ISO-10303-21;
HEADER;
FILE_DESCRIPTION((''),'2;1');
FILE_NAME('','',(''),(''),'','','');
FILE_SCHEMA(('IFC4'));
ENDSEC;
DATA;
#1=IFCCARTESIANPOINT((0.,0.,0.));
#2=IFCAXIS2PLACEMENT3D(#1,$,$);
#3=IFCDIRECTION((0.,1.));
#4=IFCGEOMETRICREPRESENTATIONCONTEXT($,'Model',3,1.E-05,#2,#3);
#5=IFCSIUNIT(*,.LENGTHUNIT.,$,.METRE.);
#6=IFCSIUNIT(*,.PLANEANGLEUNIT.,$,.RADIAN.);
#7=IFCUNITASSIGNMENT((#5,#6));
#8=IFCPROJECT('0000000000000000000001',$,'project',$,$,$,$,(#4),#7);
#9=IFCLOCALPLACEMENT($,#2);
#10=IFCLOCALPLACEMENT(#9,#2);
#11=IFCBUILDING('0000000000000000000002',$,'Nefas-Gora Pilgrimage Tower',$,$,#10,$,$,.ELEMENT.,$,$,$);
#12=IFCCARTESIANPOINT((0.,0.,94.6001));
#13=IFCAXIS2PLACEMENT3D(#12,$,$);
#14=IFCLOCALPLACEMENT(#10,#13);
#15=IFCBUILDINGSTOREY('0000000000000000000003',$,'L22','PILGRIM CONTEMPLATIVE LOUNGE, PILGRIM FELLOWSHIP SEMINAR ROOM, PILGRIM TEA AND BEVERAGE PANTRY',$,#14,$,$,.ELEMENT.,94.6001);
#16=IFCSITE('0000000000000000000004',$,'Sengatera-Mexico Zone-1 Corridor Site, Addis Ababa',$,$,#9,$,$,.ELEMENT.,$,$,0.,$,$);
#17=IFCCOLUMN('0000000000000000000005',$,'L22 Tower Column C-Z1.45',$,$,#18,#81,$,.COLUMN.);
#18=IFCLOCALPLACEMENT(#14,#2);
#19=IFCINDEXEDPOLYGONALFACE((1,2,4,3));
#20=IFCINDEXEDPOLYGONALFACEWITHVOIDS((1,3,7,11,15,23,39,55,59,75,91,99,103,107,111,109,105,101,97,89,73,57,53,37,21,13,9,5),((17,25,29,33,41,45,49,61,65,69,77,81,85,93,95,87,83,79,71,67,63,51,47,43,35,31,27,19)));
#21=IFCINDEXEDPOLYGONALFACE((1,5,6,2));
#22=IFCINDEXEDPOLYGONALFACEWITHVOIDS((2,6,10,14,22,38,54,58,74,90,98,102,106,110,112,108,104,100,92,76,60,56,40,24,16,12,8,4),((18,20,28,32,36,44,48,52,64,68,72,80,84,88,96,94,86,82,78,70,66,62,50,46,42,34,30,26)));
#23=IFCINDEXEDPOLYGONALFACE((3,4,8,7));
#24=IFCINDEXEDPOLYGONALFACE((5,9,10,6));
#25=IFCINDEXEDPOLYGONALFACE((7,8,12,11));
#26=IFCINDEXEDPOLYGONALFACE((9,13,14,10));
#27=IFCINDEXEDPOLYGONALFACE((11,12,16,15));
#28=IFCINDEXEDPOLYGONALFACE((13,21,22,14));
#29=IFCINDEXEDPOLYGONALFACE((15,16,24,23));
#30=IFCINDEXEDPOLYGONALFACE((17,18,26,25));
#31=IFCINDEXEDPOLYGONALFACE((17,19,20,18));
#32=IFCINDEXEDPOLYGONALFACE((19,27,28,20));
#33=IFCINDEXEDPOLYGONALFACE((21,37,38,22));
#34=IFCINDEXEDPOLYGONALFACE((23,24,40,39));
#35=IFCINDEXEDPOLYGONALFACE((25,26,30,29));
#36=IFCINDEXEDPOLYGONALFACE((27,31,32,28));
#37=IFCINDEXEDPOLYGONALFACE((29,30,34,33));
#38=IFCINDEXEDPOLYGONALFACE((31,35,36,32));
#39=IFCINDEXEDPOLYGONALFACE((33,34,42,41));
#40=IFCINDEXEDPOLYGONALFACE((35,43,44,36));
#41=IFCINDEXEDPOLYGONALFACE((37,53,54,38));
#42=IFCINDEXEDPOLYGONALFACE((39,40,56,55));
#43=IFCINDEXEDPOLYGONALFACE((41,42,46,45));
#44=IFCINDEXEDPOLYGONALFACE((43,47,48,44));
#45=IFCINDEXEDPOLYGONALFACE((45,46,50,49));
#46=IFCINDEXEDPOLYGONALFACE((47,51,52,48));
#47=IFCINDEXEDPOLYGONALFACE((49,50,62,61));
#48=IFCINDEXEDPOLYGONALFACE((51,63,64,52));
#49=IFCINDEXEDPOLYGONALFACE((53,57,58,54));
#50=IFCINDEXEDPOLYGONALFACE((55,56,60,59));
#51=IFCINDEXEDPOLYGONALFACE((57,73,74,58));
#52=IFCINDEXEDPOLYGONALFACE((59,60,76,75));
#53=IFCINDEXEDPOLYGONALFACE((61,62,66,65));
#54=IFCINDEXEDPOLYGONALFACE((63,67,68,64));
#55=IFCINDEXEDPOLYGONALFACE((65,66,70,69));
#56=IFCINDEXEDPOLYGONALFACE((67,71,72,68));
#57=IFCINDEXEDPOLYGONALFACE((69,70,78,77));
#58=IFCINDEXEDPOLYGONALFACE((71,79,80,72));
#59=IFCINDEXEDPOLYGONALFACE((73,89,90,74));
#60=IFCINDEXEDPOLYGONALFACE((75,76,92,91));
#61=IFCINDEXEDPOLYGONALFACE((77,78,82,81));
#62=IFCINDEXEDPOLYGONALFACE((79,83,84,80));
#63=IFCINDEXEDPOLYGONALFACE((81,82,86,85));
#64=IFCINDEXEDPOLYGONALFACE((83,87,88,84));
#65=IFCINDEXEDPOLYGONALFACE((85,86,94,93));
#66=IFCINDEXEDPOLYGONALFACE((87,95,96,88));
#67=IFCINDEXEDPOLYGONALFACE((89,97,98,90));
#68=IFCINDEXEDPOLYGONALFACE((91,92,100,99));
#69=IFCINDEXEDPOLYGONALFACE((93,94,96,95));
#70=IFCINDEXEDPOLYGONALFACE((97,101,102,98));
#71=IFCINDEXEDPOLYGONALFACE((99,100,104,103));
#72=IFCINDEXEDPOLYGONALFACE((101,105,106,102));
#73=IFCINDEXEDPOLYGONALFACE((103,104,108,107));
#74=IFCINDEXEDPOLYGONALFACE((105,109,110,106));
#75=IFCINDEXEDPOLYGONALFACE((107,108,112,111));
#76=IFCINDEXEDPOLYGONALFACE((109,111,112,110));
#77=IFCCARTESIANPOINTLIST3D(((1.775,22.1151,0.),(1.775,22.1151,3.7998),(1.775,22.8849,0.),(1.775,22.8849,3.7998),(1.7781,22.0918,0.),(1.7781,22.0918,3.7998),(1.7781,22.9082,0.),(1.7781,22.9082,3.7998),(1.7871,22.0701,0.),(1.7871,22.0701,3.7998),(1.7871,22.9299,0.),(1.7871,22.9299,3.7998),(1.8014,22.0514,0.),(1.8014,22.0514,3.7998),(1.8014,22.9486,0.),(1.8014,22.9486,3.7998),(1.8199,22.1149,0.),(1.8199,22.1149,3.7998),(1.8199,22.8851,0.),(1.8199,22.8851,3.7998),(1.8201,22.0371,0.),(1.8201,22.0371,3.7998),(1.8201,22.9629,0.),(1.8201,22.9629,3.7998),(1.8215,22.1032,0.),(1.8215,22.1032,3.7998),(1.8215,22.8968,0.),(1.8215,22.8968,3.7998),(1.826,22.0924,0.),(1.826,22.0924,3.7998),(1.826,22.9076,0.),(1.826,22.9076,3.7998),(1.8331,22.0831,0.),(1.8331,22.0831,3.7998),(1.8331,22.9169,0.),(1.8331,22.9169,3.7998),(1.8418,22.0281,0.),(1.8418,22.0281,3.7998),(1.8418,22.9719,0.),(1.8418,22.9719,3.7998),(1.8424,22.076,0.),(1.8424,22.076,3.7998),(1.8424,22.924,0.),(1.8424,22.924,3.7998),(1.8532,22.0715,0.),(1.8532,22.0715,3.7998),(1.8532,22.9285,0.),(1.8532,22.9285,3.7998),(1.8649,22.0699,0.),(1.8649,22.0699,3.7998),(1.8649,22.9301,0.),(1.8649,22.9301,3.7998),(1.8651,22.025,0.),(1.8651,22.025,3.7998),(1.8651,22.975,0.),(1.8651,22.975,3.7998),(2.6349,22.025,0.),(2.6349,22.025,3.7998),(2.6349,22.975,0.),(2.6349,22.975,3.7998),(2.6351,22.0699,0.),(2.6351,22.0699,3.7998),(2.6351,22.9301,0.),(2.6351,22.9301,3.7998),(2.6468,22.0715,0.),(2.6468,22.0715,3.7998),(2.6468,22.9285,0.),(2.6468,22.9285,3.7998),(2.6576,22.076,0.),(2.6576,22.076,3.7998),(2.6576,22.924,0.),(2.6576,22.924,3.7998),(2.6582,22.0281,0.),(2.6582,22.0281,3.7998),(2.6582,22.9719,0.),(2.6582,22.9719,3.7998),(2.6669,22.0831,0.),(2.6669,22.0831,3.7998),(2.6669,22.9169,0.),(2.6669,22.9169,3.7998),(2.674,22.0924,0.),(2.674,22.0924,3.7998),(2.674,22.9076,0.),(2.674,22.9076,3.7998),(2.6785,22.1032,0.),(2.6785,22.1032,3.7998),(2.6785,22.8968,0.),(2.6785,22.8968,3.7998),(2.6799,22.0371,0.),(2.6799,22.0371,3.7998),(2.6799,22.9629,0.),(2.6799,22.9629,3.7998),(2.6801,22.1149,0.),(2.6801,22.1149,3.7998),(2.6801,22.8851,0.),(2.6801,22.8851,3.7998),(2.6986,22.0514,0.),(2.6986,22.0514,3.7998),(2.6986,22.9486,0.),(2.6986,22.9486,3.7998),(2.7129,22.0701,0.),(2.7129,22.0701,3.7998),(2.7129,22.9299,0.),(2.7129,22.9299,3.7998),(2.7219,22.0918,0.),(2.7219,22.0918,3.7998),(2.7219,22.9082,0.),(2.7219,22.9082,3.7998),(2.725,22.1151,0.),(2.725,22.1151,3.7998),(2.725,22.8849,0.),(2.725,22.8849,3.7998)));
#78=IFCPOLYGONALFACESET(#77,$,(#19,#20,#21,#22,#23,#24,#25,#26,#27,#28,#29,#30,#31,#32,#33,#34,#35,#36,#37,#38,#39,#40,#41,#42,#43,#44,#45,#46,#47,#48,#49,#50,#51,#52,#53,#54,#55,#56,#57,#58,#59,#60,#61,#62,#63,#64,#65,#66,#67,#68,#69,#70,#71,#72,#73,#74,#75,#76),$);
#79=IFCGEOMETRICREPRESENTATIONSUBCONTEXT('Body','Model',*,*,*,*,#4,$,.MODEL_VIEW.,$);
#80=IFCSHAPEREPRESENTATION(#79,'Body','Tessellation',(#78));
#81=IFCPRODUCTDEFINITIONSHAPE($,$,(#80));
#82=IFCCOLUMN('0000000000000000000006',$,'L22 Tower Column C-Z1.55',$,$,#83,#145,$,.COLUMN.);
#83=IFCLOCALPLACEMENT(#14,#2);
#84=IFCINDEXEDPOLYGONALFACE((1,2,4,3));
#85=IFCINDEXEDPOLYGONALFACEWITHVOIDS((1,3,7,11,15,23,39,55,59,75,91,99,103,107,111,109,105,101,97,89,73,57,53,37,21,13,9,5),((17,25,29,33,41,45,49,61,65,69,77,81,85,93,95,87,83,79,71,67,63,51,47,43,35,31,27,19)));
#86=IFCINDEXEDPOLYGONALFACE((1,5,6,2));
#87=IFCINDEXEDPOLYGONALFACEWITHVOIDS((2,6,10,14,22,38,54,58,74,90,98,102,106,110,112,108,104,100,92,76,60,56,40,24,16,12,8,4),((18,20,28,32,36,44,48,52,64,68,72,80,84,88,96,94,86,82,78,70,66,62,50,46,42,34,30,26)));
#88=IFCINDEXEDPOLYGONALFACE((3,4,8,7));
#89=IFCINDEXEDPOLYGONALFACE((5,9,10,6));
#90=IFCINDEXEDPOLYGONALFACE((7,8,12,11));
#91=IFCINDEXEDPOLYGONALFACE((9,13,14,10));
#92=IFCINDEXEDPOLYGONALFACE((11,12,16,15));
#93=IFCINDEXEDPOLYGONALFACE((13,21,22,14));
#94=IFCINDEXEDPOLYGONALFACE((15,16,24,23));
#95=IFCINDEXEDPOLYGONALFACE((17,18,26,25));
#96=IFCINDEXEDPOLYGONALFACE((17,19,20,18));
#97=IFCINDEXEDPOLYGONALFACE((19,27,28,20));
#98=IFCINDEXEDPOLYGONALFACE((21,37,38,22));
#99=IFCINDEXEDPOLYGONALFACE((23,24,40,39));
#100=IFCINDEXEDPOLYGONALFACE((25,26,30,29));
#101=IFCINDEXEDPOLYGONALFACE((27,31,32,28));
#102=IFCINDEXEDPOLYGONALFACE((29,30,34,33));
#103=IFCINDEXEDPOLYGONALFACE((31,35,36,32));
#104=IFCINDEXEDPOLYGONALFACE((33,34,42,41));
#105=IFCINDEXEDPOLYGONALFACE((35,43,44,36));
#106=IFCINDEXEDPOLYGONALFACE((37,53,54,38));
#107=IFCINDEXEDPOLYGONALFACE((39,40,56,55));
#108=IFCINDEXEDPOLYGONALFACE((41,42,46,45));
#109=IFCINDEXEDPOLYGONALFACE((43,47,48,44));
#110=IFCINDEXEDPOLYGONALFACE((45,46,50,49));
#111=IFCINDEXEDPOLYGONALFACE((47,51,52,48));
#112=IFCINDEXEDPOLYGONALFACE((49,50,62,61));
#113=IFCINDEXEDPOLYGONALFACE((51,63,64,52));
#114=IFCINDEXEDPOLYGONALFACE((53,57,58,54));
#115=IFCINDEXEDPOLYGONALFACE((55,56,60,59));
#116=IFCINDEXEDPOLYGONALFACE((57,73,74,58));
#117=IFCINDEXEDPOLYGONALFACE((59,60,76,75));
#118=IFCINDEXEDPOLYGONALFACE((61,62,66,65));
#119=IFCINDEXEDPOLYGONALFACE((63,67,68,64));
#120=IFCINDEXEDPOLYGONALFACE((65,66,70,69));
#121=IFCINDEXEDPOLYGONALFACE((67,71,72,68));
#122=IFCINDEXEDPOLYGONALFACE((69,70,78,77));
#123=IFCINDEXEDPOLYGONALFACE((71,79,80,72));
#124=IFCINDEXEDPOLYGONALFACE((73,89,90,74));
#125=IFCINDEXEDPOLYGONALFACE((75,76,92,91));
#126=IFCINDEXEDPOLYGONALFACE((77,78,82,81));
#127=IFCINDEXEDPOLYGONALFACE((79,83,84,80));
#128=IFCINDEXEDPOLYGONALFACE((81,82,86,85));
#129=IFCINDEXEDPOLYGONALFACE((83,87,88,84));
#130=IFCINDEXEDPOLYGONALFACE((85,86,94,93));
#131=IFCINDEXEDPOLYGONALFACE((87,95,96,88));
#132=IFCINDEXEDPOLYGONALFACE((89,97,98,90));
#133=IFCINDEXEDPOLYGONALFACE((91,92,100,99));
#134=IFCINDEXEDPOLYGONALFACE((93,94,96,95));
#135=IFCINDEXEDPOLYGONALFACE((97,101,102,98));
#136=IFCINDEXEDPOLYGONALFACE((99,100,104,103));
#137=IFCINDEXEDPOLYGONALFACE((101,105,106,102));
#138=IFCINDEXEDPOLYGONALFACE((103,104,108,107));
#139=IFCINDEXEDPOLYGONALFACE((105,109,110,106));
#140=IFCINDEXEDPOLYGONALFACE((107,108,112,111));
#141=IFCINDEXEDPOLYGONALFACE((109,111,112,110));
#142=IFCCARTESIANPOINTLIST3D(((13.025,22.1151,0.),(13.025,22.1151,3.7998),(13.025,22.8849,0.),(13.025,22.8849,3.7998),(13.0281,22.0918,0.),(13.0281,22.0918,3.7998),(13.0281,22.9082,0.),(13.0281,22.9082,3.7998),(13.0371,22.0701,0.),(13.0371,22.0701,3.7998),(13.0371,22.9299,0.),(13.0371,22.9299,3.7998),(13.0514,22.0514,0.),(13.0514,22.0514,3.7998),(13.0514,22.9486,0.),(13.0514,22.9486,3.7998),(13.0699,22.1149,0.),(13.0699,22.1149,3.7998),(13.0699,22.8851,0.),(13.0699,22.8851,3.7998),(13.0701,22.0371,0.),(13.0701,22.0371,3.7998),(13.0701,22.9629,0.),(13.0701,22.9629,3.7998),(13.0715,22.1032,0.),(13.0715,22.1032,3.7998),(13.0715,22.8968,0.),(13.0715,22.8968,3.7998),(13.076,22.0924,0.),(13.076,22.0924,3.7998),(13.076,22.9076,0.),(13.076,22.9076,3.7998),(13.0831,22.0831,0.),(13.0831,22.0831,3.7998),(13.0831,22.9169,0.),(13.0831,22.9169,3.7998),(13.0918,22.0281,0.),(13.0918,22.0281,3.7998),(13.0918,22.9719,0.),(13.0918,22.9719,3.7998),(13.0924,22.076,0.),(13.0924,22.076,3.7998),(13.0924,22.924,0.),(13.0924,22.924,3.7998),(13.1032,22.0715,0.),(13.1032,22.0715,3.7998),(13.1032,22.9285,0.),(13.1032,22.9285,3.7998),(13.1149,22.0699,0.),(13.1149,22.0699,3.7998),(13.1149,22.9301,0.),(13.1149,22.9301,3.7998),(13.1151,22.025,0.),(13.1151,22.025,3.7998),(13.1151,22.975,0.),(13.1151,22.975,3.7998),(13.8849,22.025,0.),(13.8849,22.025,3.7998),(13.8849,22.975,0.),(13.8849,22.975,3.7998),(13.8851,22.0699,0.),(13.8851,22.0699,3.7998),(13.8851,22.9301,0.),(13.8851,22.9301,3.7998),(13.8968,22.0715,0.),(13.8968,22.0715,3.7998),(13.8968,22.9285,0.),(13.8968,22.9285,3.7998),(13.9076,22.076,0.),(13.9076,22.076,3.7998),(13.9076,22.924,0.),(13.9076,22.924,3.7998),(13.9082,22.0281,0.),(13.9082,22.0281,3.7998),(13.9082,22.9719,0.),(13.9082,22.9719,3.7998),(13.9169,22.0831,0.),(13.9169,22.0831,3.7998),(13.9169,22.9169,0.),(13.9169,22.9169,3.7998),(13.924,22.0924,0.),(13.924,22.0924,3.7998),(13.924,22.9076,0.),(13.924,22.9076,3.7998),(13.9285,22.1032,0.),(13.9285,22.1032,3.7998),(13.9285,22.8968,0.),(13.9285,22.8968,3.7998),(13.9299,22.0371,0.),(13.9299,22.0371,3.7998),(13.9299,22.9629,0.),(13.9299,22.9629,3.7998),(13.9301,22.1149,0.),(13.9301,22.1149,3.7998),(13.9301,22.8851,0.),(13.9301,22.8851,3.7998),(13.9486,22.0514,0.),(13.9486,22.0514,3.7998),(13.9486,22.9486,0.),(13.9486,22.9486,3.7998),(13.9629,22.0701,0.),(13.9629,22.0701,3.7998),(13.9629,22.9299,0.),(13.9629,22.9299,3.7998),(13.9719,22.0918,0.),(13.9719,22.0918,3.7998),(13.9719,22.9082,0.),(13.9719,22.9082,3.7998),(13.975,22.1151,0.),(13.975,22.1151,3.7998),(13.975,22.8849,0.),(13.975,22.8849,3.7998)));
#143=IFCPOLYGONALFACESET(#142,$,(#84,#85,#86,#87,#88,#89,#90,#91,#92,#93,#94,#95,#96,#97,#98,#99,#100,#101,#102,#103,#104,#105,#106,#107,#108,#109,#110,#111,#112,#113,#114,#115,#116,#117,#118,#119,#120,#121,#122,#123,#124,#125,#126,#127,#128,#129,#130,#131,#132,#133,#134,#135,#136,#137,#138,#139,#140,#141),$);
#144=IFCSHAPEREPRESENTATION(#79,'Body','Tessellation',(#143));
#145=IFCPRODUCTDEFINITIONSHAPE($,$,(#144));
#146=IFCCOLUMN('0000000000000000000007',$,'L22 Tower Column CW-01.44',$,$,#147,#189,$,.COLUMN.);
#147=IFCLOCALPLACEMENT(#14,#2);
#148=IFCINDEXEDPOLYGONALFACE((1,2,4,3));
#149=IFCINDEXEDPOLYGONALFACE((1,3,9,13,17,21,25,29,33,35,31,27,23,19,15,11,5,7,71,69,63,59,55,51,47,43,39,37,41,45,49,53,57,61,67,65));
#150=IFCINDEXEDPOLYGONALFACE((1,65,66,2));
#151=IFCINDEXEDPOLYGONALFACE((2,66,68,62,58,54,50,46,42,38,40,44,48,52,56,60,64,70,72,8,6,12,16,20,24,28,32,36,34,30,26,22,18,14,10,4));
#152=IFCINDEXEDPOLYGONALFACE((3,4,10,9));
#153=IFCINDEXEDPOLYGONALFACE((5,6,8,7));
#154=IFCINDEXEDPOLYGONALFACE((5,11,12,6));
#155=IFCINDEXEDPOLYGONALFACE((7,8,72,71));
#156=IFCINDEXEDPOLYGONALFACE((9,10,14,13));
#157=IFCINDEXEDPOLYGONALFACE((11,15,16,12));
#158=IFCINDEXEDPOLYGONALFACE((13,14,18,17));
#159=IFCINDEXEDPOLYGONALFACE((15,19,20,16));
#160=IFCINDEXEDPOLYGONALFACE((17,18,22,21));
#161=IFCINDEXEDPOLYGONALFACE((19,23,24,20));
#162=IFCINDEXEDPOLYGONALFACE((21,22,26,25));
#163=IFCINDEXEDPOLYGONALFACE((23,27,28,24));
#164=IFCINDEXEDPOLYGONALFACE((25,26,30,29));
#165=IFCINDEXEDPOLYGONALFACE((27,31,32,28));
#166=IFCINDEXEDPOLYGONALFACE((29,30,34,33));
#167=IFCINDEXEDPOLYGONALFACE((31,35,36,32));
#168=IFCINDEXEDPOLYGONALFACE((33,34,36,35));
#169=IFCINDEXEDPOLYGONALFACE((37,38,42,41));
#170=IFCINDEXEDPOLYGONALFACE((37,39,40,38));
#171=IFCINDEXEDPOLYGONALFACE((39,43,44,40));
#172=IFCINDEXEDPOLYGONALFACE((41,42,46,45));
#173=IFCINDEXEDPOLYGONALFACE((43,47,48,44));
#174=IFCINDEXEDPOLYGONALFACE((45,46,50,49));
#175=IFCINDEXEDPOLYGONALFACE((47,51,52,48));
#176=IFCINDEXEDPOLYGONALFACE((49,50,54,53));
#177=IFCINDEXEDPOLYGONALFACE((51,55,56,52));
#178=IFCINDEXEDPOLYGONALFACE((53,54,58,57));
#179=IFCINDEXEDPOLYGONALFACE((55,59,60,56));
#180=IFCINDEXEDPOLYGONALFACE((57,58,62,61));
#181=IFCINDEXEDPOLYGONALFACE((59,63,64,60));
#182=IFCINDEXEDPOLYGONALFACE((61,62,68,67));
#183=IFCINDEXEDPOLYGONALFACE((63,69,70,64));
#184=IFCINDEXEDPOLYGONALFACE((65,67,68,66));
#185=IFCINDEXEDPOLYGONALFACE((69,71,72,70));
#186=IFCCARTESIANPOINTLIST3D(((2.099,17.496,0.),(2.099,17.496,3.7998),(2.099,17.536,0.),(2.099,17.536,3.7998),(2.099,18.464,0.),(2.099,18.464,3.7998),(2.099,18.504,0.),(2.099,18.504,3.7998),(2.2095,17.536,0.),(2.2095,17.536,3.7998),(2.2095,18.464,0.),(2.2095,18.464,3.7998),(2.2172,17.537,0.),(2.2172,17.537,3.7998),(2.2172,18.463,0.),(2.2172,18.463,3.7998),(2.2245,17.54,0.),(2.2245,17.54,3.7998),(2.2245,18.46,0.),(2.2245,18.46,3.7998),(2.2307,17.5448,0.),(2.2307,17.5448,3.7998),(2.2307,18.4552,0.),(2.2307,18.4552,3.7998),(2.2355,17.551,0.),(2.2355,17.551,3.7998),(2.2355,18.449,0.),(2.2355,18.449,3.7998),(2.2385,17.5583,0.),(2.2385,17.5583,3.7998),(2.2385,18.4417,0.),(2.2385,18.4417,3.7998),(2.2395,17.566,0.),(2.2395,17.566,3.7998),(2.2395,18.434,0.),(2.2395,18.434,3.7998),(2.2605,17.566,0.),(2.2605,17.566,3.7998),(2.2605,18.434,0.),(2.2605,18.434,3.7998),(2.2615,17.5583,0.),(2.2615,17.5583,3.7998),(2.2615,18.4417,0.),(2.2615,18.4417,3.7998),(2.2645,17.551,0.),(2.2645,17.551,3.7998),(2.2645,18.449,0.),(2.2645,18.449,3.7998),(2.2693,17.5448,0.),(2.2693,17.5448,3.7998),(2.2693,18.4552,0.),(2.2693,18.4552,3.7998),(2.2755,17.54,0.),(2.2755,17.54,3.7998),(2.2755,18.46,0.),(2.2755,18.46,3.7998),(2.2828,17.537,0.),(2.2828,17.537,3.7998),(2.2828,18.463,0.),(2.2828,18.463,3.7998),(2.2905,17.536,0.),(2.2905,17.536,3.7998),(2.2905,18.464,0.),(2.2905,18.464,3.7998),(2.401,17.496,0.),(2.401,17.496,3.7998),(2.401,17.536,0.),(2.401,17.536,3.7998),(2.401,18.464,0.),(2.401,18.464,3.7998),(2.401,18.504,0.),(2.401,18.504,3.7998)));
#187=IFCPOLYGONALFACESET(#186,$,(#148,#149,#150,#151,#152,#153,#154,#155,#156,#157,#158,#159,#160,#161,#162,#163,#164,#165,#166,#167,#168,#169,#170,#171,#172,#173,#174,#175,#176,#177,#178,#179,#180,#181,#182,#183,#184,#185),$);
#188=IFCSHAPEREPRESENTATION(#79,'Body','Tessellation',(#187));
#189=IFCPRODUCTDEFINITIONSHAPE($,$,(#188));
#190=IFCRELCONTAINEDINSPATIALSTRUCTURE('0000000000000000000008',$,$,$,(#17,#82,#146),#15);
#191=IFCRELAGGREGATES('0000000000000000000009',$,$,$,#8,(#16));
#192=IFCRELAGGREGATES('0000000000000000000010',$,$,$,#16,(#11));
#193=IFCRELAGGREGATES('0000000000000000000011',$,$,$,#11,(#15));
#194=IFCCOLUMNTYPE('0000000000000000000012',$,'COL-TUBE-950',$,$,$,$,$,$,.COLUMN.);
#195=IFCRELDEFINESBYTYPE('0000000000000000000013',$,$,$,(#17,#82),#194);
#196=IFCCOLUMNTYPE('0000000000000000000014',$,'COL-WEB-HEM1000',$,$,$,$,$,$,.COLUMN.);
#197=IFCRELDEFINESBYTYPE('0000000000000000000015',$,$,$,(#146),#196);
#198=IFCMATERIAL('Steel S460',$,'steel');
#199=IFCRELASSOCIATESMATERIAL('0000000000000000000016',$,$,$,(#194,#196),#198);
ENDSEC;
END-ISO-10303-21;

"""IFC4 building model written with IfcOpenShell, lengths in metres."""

from ifc_helpers import new_model, si_unit, direction, frame, origin, origin_2d, place, context, subcontext, project, spatial, hollow_rectangle, i_section, extrude, source, transform, mapped, material, material_profile, profile_set, type_object, element, save


model = new_model("IFC4")

# Units and contexts
model_context = context("Model", 3, precision=1e-05, world=origin(), true_north=direction((0.0, 1.0)))
body_context = subcontext(model_context, "Body", "Model", "MODEL_VIEW")
ifc_project = project(units=[si_unit("LENGTHUNIT", "METRE"), si_unit("PLANEANGLEUNIT", "RADIAN")], contexts=[model_context])

# Site, building, storey
site_placement = place(None, origin())
site = spatial("IfcSite", under=ifc_project, at=site_placement, Name="Sengatera-Mexico Zone-1 Corridor Site, Addis Ababa", CompositionType="ELEMENT", RefElevation=0.0)
building_placement = place(site_placement, origin())
building = spatial("IfcBuilding", under=site, at=building_placement, Name="Nefas-Gora Pilgrimage Tower", CompositionType="ELEMENT")
storey_placement = place(building_placement, frame((0.0, 0.0, 94.6001)))
storey = spatial("IfcBuildingStorey", under=building, at=storey_placement, Name="L22", Description="PILGRIM CONTEMPLATIVE LOUNGE, PILGRIM FELLOWSHIP SEMINAR ROOM, PILGRIM TEA AND BEVERAGE PANTRY", CompositionType="ELEMENT", Elevation=94.6001)

# Columns
ifc_material_1 = material(Name="Steel S460", Category="steel")
ifc_material_profile_1 = material_profile(ifc_material_1, hollow_rectangle(XDim=0.95, YDim=0.95, WallThickness=0.0449, InnerFilletRadius=0.0449, OuterFilletRadius=0.0901, at=origin_2d()), Name="BOX 950x950x45")
ifc_profile_set_1 = profile_set([ifc_material_profile_1], Name="Steel S460")
column_type_1 = type_object("IfcColumnType", Name="COL-TUBE-950", PredefinedType="COLUMN", material=ifc_profile_set_1)
shared_shape_1 = source(origin(), body_context, "Body", "SweptSolid", [
    extrude(hollow_rectangle(XDim=0.95, YDim=0.95, WallThickness=0.0449, InnerFilletRadius=0.0449, OuterFilletRadius=0.0901, at=origin_2d()), origin(), (0.0, 0.0, 1.0), 3.7998),
])
for number, where, z_axis, x_axis, name in (
    (1, (2.25, 22.5, 0.0), (0.0, 0.0, 1.0), (1.0, 0.0, 0.0), "L22 Tower Column C-Z1.45"),
    (2, (13.5, 22.5, 0.0), (0.0, 0.0, 1.0), (1.0, 0.0, 0.0), "L22 Tower Column C-Z1.55"),
):
    element("IfcColumn", number, at=place(storey_placement, frame(where, z_axis=z_axis, x_axis=x_axis)), inside=storey, type_object=column_type_1, Name=name, PredefinedType="COLUMN", context=body_context, shape_type="MappedRepresentation", body=[
        mapped(shared_shape_1, transform((0.0, 0.0, 0.0), x_axis=(1.0, 0.0, 0.0), y_axis=(0.0, 1.0, 0.0), z_axis=(0.0, 0.0, 1.0), scale=1.0)),
    ])
ifc_material_profile_2 = material_profile(ifc_material_1, i_section(OverallWidth=0.302, OverallDepth=1.0081, WebThickness=0.021, FlangeThickness=0.04, FilletRadius=0.03, at=origin_2d()), Name="HEM 1000")
ifc_profile_set_2 = profile_set([ifc_material_profile_2], Name="Steel S460")
column_type_2 = type_object("IfcColumnType", Name="COL-WEB-HEM1000", PredefinedType="COLUMN", material=ifc_profile_set_2)
shared_shape_2 = source(origin(), body_context, "Body", "SweptSolid", [
    extrude(i_section(OverallWidth=0.302, OverallDepth=1.0081, WebThickness=0.021, FlangeThickness=0.04, FilletRadius=0.03, at=origin_2d()), origin(), (0.0, 0.0, 1.0), 3.7998),
])
for number, where, z_axis, x_axis, name in (
    (3, (2.25, 18.0, 0.0), (0.0, 0.0, 1.0), (1.0, 0.0, 0.0), "L22 Tower Column CW-01.44"),
):
    element("IfcColumn", number, at=place(storey_placement, frame(where, z_axis=z_axis, x_axis=x_axis)), inside=storey, type_object=column_type_2, Name=name, PredefinedType="COLUMN", context=body_context, shape_type="MappedRepresentation", body=[
        mapped(shared_shape_2, transform((0.0, 0.0, 0.0), x_axis=(1.0, 0.0, 0.0), y_axis=(0.0, 1.0, 0.0), z_axis=(0.0, 0.0, 1.0), scale=1.0)),
    ])

save(model, "model.ifc")
